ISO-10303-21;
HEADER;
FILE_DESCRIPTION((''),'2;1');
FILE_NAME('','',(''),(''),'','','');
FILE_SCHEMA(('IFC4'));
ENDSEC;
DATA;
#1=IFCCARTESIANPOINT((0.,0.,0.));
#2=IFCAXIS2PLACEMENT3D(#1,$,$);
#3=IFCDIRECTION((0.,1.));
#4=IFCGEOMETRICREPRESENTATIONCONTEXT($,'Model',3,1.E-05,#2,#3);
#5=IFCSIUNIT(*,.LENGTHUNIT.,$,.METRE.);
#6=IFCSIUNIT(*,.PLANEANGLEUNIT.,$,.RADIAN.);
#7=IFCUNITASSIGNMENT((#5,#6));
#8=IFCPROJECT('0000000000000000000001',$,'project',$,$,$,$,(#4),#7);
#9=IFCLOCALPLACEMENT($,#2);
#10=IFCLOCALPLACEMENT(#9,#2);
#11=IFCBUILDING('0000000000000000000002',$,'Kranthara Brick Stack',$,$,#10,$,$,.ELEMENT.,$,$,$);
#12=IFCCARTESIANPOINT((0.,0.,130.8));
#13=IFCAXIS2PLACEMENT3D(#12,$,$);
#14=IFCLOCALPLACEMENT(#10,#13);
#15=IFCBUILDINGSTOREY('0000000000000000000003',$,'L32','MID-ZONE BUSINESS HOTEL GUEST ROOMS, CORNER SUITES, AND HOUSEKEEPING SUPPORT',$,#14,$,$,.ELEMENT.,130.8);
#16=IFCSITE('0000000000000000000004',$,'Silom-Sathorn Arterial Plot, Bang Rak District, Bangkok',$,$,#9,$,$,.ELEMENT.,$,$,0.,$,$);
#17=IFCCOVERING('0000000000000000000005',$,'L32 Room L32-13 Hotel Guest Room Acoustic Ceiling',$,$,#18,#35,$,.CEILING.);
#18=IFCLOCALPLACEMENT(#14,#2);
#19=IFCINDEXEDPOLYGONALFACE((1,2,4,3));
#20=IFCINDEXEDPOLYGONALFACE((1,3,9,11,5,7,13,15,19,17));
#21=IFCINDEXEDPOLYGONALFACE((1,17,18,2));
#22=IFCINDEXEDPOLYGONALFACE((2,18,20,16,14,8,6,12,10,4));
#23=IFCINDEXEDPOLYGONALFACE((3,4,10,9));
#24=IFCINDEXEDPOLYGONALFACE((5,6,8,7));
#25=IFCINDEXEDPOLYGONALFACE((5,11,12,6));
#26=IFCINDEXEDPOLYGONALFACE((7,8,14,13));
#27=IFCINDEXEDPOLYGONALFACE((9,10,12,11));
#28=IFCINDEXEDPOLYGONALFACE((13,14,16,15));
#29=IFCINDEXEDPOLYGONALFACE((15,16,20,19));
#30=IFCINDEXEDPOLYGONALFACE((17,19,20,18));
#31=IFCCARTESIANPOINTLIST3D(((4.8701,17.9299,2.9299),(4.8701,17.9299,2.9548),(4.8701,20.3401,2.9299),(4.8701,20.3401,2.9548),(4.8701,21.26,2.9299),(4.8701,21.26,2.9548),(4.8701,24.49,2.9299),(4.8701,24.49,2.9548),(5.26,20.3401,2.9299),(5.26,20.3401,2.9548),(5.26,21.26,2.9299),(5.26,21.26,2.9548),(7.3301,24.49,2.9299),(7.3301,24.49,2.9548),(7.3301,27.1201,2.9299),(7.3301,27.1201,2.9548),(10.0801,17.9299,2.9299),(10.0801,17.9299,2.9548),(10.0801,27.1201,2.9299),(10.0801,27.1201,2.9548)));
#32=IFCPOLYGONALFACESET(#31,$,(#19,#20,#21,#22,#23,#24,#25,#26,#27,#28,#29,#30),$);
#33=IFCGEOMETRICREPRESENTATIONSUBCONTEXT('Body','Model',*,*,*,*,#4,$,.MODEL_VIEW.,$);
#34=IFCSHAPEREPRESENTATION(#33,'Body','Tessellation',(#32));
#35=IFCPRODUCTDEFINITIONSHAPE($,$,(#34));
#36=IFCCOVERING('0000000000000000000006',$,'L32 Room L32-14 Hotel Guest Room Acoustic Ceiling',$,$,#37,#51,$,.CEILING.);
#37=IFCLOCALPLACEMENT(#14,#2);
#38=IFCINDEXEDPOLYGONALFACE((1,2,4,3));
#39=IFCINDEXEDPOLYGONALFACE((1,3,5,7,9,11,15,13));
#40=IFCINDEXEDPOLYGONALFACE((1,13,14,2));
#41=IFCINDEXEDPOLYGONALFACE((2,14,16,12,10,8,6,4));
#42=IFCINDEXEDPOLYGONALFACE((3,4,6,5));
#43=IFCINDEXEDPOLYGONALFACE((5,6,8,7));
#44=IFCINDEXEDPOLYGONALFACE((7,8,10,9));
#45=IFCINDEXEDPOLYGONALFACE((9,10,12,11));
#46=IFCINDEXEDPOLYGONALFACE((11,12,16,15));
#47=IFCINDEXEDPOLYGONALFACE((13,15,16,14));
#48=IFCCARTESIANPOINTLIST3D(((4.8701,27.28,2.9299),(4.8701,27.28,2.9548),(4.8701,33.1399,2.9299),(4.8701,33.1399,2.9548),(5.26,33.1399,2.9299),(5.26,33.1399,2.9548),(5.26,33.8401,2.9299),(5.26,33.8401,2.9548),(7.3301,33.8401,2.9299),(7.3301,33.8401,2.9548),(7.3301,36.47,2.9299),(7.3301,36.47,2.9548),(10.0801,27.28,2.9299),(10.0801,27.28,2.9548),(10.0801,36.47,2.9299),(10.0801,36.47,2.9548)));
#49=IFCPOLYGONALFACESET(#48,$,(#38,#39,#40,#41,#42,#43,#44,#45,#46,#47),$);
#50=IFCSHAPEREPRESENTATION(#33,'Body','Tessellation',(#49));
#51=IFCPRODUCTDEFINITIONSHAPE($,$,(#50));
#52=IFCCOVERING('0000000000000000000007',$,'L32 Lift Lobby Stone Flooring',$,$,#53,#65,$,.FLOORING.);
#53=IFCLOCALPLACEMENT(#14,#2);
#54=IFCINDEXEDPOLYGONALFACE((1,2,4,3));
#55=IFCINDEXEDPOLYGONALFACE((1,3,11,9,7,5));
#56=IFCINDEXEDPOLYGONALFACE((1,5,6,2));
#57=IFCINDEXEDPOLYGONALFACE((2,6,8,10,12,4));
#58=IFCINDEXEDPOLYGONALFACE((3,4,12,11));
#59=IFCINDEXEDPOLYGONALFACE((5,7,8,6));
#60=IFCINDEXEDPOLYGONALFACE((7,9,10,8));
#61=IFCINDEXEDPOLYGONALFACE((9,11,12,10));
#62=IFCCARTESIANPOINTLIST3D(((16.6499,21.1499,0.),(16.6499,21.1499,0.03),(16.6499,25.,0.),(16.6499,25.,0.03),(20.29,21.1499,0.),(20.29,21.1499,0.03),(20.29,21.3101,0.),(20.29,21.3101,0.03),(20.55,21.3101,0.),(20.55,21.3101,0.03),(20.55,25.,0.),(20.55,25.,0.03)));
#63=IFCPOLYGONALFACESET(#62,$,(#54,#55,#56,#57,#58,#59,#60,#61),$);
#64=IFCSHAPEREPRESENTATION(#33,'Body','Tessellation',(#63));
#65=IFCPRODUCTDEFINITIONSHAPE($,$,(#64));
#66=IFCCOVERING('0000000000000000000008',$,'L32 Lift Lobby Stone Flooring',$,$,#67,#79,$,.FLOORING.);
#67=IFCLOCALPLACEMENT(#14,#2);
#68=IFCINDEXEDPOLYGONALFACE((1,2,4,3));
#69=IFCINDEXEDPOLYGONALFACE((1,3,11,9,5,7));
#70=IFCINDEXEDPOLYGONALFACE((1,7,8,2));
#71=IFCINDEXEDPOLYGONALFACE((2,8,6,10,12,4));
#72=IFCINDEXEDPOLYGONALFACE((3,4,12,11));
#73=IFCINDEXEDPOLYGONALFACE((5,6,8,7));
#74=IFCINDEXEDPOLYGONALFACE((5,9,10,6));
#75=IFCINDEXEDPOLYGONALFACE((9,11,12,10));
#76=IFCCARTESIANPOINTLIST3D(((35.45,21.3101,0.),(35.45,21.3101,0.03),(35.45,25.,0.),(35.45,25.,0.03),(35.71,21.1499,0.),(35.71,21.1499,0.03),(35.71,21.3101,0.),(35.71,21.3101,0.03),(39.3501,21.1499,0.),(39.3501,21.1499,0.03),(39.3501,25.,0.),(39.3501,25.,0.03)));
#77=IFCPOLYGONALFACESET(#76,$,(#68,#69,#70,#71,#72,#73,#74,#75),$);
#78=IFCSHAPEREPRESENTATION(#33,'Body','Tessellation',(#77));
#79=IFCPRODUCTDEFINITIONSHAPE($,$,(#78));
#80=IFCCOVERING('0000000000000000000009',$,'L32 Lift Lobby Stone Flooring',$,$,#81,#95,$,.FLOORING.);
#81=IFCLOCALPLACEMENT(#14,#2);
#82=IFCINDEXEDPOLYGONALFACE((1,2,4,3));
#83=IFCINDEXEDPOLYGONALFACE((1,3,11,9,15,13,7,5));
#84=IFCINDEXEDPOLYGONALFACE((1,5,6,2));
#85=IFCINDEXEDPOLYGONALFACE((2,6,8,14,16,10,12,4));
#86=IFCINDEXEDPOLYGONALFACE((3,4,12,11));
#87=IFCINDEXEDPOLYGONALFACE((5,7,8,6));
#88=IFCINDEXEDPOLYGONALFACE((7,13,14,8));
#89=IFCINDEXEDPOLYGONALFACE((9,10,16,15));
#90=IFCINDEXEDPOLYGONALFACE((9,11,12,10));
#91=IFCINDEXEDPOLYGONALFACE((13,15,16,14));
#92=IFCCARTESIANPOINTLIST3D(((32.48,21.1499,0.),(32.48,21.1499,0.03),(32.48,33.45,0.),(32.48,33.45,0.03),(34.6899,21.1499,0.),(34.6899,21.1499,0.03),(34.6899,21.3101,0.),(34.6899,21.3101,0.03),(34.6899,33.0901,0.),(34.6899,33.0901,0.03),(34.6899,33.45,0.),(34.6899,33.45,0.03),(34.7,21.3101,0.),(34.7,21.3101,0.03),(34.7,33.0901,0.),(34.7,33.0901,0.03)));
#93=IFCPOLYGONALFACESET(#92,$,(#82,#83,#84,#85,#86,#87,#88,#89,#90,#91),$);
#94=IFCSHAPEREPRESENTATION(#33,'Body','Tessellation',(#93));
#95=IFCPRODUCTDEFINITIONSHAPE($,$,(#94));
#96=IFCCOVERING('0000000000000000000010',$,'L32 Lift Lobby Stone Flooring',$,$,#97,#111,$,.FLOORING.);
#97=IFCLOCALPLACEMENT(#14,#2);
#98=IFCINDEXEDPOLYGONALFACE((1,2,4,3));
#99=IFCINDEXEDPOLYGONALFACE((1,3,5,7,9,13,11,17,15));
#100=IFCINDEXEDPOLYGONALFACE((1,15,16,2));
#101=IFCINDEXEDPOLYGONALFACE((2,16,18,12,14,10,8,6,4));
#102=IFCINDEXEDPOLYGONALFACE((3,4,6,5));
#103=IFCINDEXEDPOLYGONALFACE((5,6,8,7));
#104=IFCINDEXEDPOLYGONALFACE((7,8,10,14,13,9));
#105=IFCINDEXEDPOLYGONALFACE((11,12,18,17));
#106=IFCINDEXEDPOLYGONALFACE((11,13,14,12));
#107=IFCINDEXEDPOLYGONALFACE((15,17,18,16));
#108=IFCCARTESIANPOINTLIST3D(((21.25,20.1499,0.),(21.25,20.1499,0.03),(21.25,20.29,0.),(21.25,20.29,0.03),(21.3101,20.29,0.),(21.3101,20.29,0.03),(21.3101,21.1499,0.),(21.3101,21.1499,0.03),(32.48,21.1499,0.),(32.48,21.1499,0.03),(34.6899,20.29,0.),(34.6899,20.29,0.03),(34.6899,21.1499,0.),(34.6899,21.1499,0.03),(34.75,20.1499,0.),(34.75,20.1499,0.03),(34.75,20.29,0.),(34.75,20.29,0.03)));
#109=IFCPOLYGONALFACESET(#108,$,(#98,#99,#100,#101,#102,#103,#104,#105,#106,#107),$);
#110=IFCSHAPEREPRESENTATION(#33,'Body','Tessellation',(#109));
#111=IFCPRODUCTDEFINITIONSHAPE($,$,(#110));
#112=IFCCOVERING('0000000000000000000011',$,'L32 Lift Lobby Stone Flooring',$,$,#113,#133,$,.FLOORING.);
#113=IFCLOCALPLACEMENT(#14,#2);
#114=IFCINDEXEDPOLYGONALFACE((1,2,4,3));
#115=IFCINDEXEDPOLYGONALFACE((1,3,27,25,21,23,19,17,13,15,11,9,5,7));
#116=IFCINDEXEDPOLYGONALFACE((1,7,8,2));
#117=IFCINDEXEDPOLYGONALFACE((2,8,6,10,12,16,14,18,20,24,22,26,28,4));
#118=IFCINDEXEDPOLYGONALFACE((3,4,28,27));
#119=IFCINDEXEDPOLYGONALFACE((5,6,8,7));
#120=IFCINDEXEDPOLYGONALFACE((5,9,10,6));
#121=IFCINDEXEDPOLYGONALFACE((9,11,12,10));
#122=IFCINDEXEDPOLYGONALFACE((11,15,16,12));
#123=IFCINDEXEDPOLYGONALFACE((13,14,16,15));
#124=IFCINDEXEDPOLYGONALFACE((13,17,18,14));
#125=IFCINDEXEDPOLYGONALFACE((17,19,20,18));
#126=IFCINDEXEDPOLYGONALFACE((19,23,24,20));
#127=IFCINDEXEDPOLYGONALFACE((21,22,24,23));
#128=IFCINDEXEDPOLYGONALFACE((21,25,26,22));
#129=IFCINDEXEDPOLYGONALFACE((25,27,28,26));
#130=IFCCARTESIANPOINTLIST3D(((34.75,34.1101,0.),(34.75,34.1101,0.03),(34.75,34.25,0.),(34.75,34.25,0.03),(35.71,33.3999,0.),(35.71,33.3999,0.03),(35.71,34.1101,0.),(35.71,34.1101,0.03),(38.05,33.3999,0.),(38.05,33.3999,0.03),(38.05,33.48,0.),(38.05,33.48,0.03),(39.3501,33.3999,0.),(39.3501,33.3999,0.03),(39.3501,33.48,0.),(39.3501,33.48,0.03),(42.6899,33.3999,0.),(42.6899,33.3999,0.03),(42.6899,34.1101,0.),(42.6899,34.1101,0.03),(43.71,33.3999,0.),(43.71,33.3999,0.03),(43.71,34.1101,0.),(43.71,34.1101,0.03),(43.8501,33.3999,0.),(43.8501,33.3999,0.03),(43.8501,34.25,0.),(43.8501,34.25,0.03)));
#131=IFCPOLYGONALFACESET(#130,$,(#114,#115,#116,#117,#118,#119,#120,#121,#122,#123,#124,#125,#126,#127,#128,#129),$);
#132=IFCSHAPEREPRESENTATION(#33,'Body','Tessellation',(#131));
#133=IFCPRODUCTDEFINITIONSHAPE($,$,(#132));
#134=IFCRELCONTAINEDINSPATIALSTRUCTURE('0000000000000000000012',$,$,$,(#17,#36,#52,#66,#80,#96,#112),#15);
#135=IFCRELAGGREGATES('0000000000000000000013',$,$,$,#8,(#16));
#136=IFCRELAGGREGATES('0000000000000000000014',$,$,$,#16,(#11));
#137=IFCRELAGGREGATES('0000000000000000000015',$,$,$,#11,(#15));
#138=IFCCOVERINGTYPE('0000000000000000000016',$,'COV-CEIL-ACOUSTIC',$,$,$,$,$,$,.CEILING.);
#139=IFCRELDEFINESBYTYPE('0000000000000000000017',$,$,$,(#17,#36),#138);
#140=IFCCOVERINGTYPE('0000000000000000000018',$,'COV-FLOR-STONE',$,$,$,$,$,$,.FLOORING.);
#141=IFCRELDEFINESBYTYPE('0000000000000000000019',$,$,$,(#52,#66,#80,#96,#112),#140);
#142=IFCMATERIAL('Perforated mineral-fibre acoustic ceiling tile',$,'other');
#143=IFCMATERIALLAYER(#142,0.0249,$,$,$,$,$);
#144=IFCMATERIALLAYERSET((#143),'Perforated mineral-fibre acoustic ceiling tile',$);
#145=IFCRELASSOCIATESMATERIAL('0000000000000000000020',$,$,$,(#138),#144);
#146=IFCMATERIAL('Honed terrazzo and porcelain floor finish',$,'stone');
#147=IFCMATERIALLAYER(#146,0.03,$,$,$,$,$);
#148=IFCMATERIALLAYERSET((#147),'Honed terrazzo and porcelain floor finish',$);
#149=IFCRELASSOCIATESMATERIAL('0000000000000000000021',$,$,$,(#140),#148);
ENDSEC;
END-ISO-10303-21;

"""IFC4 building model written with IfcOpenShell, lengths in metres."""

from ifc_helpers import new_model, si_unit, direction, frame, origin, place, context, subcontext, project, spatial, polyline, outline, extrude, material, layer, layer_set, type_object, element, save


model = new_model("IFC4")

# Units and contexts
model_context = context("Model", 3, precision=1e-05, world=origin(), true_north=direction((0.0, 1.0)))
body_context = subcontext(model_context, "Body", "Model", "MODEL_VIEW")
ifc_project = project(units=[si_unit("LENGTHUNIT", "METRE"), si_unit("PLANEANGLEUNIT", "RADIAN")], contexts=[model_context])

# Site, building, storey
site_placement = place(None, origin())
site = spatial("IfcSite", under=ifc_project, at=site_placement, Name="Silom-Sathorn Arterial Plot, Bang Rak District, Bangkok", CompositionType="ELEMENT", RefElevation=0.0)
building_placement = place(site_placement, origin())
building = spatial("IfcBuilding", under=site, at=building_placement, Name="Kranthara Brick Stack", CompositionType="ELEMENT")
storey_placement = place(building_placement, frame((0.0, 0.0, 130.8)))
storey = spatial("IfcBuildingStorey", under=building, at=storey_placement, Name="L32", Description="MID-ZONE BUSINESS HOTEL GUEST ROOMS, CORNER SUITES, AND HOUSEKEEPING SUPPORT", CompositionType="ELEMENT", Elevation=130.8)

# Coverings
ifc_material_1 = material(Name="Perforated mineral-fibre acoustic ceiling tile", Category="other")
ifc_layer_1 = layer(ifc_material_1, 0.0249)
ifc_layer_set_1 = layer_set([ifc_layer_1], Name="Perforated mineral-fibre acoustic ceiling tile")
covering_type_1 = type_object("IfcCoveringType", Name="COV-CEIL-ACOUSTIC", PredefinedType="CEILING", material=ifc_layer_set_1)
covering_1_placement = place(storey_placement, frame((0.0, 0.0, 2.9299)))
element("IfcCovering", 1, at=covering_1_placement, inside=storey, type_object=covering_type_1, Name="L32 Room L32-13 Hotel Guest Room Acoustic Ceiling", PredefinedType="CEILING", context=body_context, shape_type="SweptSolid", body=[
    extrude(outline(polyline([(4.8701, 24.49), (7.3301, 24.49), (7.3301, 27.1201), (10.0801, 27.1201), (10.0801, 17.9299), (4.8701, 17.9299), (4.8701, 20.3401), (5.26, 20.3401), (5.26, 21.26), (4.8701, 21.26), (4.8701, 24.49)])), origin(), (0.0, 0.0, 1.0), 0.0249),
])
covering_2_placement = place(storey_placement, frame((0.0, 0.0, 2.9299)))
element("IfcCovering", 2, at=covering_2_placement, inside=storey, type_object=covering_type_1, Name="L32 Room L32-14 Hotel Guest Room Acoustic Ceiling", PredefinedType="CEILING", context=body_context, shape_type="SweptSolid", body=[
    extrude(outline(polyline([(7.3301, 33.8401), (7.3301, 36.47), (10.0801, 36.47), (10.0801, 27.28), (4.8701, 27.28), (4.8701, 33.1399), (5.26, 33.1399), (5.26, 33.8401), (7.3301, 33.8401)])), origin(), (0.0, 0.0, 1.0), 0.0249),
])
ifc_material_2 = material(Name="Honed terrazzo and porcelain floor finish", Category="stone")
ifc_layer_2 = layer(ifc_material_2, 0.03)
ifc_layer_set_2 = layer_set([ifc_layer_2], Name="Honed terrazzo and porcelain floor finish")
covering_type_2 = type_object("IfcCoveringType", Name="COV-FLOR-STONE", PredefinedType="FLOORING", material=ifc_layer_set_2)
covering_3_placement = place(storey_placement, origin())
element("IfcCovering", 3, at=covering_3_placement, inside=storey, type_object=covering_type_2, Name="L32 Lift Lobby Stone Flooring", PredefinedType="FLOORING", context=body_context, shape_type="SweptSolid", body=[
    extrude(outline(polyline([(16.6499, 21.1499), (16.6499, 25.0), (20.55, 25.0), (20.55, 21.3101), (20.29, 21.3101), (20.29, 21.1499), (16.6499, 21.1499)])), origin(), (0.0, 0.0, 1.0), 0.03),
])
covering_4_placement = place(storey_placement, origin())
element("IfcCovering", 4, at=covering_4_placement, inside=storey, type_object=covering_type_2, Name="L32 Lift Lobby Stone Flooring", PredefinedType="FLOORING", context=body_context, shape_type="SweptSolid", body=[
    extrude(outline(polyline([(35.45, 25.0), (39.3501, 25.0), (39.3501, 21.1499), (35.71, 21.1499), (35.71, 21.3101), (35.45, 21.3101), (35.45, 25.0)])), origin(), (0.0, 0.0, 1.0), 0.03),
])
covering_5_placement = place(storey_placement, origin())
element("IfcCovering", 5, at=covering_5_placement, inside=storey, type_object=covering_type_2, Name="L32 Lift Lobby Stone Flooring", PredefinedType="FLOORING", context=body_context, shape_type="SweptSolid", body=[
    extrude(outline(polyline([(32.48, 33.45), (34.6899, 33.45), (34.6899, 33.0901), (34.7, 33.0901), (34.7, 21.3101), (34.6899, 21.3101), (34.6899, 21.1499), (32.48, 21.1499), (32.48, 33.45)])), origin(), (0.0, 0.0, 1.0), 0.03),
])
covering_6_placement = place(storey_placement, origin())
element("IfcCovering", 6, at=covering_6_placement, inside=storey, type_object=covering_type_2, Name="L32 Lift Lobby Stone Flooring", PredefinedType="FLOORING", context=body_context, shape_type="SweptSolid", body=[
    extrude(outline(polyline([(21.25, 20.29), (21.3101, 20.29), (21.3101, 21.1499), (32.48, 21.1499), (34.6899, 21.1499), (34.6899, 20.29), (34.75, 20.29), (34.75, 20.1499), (21.25, 20.1499), (21.25, 20.29)])), origin(), (0.0, 0.0, 1.0), 0.03),
])
covering_7_placement = place(storey_placement, origin())
element("IfcCovering", 7, at=covering_7_placement, inside=storey, type_object=covering_type_2, Name="L32 Lift Lobby Stone Flooring", PredefinedType="FLOORING", context=body_context, shape_type="SweptSolid", body=[
    extrude(outline(polyline([(43.71, 33.3999), (43.71, 34.1101), (42.6899, 34.1101), (42.6899, 33.3999), (39.3501, 33.3999), (39.3501, 33.48), (38.05, 33.48), (38.05, 33.3999), (35.71, 33.3999), (35.71, 34.1101), (34.75, 34.1101), (34.75, 34.25), (43.8501, 34.25), (43.8501, 33.3999), (43.71, 33.3999)])), origin(), (0.0, 0.0, 1.0), 0.03),
])

save(model, "model.ifc")
